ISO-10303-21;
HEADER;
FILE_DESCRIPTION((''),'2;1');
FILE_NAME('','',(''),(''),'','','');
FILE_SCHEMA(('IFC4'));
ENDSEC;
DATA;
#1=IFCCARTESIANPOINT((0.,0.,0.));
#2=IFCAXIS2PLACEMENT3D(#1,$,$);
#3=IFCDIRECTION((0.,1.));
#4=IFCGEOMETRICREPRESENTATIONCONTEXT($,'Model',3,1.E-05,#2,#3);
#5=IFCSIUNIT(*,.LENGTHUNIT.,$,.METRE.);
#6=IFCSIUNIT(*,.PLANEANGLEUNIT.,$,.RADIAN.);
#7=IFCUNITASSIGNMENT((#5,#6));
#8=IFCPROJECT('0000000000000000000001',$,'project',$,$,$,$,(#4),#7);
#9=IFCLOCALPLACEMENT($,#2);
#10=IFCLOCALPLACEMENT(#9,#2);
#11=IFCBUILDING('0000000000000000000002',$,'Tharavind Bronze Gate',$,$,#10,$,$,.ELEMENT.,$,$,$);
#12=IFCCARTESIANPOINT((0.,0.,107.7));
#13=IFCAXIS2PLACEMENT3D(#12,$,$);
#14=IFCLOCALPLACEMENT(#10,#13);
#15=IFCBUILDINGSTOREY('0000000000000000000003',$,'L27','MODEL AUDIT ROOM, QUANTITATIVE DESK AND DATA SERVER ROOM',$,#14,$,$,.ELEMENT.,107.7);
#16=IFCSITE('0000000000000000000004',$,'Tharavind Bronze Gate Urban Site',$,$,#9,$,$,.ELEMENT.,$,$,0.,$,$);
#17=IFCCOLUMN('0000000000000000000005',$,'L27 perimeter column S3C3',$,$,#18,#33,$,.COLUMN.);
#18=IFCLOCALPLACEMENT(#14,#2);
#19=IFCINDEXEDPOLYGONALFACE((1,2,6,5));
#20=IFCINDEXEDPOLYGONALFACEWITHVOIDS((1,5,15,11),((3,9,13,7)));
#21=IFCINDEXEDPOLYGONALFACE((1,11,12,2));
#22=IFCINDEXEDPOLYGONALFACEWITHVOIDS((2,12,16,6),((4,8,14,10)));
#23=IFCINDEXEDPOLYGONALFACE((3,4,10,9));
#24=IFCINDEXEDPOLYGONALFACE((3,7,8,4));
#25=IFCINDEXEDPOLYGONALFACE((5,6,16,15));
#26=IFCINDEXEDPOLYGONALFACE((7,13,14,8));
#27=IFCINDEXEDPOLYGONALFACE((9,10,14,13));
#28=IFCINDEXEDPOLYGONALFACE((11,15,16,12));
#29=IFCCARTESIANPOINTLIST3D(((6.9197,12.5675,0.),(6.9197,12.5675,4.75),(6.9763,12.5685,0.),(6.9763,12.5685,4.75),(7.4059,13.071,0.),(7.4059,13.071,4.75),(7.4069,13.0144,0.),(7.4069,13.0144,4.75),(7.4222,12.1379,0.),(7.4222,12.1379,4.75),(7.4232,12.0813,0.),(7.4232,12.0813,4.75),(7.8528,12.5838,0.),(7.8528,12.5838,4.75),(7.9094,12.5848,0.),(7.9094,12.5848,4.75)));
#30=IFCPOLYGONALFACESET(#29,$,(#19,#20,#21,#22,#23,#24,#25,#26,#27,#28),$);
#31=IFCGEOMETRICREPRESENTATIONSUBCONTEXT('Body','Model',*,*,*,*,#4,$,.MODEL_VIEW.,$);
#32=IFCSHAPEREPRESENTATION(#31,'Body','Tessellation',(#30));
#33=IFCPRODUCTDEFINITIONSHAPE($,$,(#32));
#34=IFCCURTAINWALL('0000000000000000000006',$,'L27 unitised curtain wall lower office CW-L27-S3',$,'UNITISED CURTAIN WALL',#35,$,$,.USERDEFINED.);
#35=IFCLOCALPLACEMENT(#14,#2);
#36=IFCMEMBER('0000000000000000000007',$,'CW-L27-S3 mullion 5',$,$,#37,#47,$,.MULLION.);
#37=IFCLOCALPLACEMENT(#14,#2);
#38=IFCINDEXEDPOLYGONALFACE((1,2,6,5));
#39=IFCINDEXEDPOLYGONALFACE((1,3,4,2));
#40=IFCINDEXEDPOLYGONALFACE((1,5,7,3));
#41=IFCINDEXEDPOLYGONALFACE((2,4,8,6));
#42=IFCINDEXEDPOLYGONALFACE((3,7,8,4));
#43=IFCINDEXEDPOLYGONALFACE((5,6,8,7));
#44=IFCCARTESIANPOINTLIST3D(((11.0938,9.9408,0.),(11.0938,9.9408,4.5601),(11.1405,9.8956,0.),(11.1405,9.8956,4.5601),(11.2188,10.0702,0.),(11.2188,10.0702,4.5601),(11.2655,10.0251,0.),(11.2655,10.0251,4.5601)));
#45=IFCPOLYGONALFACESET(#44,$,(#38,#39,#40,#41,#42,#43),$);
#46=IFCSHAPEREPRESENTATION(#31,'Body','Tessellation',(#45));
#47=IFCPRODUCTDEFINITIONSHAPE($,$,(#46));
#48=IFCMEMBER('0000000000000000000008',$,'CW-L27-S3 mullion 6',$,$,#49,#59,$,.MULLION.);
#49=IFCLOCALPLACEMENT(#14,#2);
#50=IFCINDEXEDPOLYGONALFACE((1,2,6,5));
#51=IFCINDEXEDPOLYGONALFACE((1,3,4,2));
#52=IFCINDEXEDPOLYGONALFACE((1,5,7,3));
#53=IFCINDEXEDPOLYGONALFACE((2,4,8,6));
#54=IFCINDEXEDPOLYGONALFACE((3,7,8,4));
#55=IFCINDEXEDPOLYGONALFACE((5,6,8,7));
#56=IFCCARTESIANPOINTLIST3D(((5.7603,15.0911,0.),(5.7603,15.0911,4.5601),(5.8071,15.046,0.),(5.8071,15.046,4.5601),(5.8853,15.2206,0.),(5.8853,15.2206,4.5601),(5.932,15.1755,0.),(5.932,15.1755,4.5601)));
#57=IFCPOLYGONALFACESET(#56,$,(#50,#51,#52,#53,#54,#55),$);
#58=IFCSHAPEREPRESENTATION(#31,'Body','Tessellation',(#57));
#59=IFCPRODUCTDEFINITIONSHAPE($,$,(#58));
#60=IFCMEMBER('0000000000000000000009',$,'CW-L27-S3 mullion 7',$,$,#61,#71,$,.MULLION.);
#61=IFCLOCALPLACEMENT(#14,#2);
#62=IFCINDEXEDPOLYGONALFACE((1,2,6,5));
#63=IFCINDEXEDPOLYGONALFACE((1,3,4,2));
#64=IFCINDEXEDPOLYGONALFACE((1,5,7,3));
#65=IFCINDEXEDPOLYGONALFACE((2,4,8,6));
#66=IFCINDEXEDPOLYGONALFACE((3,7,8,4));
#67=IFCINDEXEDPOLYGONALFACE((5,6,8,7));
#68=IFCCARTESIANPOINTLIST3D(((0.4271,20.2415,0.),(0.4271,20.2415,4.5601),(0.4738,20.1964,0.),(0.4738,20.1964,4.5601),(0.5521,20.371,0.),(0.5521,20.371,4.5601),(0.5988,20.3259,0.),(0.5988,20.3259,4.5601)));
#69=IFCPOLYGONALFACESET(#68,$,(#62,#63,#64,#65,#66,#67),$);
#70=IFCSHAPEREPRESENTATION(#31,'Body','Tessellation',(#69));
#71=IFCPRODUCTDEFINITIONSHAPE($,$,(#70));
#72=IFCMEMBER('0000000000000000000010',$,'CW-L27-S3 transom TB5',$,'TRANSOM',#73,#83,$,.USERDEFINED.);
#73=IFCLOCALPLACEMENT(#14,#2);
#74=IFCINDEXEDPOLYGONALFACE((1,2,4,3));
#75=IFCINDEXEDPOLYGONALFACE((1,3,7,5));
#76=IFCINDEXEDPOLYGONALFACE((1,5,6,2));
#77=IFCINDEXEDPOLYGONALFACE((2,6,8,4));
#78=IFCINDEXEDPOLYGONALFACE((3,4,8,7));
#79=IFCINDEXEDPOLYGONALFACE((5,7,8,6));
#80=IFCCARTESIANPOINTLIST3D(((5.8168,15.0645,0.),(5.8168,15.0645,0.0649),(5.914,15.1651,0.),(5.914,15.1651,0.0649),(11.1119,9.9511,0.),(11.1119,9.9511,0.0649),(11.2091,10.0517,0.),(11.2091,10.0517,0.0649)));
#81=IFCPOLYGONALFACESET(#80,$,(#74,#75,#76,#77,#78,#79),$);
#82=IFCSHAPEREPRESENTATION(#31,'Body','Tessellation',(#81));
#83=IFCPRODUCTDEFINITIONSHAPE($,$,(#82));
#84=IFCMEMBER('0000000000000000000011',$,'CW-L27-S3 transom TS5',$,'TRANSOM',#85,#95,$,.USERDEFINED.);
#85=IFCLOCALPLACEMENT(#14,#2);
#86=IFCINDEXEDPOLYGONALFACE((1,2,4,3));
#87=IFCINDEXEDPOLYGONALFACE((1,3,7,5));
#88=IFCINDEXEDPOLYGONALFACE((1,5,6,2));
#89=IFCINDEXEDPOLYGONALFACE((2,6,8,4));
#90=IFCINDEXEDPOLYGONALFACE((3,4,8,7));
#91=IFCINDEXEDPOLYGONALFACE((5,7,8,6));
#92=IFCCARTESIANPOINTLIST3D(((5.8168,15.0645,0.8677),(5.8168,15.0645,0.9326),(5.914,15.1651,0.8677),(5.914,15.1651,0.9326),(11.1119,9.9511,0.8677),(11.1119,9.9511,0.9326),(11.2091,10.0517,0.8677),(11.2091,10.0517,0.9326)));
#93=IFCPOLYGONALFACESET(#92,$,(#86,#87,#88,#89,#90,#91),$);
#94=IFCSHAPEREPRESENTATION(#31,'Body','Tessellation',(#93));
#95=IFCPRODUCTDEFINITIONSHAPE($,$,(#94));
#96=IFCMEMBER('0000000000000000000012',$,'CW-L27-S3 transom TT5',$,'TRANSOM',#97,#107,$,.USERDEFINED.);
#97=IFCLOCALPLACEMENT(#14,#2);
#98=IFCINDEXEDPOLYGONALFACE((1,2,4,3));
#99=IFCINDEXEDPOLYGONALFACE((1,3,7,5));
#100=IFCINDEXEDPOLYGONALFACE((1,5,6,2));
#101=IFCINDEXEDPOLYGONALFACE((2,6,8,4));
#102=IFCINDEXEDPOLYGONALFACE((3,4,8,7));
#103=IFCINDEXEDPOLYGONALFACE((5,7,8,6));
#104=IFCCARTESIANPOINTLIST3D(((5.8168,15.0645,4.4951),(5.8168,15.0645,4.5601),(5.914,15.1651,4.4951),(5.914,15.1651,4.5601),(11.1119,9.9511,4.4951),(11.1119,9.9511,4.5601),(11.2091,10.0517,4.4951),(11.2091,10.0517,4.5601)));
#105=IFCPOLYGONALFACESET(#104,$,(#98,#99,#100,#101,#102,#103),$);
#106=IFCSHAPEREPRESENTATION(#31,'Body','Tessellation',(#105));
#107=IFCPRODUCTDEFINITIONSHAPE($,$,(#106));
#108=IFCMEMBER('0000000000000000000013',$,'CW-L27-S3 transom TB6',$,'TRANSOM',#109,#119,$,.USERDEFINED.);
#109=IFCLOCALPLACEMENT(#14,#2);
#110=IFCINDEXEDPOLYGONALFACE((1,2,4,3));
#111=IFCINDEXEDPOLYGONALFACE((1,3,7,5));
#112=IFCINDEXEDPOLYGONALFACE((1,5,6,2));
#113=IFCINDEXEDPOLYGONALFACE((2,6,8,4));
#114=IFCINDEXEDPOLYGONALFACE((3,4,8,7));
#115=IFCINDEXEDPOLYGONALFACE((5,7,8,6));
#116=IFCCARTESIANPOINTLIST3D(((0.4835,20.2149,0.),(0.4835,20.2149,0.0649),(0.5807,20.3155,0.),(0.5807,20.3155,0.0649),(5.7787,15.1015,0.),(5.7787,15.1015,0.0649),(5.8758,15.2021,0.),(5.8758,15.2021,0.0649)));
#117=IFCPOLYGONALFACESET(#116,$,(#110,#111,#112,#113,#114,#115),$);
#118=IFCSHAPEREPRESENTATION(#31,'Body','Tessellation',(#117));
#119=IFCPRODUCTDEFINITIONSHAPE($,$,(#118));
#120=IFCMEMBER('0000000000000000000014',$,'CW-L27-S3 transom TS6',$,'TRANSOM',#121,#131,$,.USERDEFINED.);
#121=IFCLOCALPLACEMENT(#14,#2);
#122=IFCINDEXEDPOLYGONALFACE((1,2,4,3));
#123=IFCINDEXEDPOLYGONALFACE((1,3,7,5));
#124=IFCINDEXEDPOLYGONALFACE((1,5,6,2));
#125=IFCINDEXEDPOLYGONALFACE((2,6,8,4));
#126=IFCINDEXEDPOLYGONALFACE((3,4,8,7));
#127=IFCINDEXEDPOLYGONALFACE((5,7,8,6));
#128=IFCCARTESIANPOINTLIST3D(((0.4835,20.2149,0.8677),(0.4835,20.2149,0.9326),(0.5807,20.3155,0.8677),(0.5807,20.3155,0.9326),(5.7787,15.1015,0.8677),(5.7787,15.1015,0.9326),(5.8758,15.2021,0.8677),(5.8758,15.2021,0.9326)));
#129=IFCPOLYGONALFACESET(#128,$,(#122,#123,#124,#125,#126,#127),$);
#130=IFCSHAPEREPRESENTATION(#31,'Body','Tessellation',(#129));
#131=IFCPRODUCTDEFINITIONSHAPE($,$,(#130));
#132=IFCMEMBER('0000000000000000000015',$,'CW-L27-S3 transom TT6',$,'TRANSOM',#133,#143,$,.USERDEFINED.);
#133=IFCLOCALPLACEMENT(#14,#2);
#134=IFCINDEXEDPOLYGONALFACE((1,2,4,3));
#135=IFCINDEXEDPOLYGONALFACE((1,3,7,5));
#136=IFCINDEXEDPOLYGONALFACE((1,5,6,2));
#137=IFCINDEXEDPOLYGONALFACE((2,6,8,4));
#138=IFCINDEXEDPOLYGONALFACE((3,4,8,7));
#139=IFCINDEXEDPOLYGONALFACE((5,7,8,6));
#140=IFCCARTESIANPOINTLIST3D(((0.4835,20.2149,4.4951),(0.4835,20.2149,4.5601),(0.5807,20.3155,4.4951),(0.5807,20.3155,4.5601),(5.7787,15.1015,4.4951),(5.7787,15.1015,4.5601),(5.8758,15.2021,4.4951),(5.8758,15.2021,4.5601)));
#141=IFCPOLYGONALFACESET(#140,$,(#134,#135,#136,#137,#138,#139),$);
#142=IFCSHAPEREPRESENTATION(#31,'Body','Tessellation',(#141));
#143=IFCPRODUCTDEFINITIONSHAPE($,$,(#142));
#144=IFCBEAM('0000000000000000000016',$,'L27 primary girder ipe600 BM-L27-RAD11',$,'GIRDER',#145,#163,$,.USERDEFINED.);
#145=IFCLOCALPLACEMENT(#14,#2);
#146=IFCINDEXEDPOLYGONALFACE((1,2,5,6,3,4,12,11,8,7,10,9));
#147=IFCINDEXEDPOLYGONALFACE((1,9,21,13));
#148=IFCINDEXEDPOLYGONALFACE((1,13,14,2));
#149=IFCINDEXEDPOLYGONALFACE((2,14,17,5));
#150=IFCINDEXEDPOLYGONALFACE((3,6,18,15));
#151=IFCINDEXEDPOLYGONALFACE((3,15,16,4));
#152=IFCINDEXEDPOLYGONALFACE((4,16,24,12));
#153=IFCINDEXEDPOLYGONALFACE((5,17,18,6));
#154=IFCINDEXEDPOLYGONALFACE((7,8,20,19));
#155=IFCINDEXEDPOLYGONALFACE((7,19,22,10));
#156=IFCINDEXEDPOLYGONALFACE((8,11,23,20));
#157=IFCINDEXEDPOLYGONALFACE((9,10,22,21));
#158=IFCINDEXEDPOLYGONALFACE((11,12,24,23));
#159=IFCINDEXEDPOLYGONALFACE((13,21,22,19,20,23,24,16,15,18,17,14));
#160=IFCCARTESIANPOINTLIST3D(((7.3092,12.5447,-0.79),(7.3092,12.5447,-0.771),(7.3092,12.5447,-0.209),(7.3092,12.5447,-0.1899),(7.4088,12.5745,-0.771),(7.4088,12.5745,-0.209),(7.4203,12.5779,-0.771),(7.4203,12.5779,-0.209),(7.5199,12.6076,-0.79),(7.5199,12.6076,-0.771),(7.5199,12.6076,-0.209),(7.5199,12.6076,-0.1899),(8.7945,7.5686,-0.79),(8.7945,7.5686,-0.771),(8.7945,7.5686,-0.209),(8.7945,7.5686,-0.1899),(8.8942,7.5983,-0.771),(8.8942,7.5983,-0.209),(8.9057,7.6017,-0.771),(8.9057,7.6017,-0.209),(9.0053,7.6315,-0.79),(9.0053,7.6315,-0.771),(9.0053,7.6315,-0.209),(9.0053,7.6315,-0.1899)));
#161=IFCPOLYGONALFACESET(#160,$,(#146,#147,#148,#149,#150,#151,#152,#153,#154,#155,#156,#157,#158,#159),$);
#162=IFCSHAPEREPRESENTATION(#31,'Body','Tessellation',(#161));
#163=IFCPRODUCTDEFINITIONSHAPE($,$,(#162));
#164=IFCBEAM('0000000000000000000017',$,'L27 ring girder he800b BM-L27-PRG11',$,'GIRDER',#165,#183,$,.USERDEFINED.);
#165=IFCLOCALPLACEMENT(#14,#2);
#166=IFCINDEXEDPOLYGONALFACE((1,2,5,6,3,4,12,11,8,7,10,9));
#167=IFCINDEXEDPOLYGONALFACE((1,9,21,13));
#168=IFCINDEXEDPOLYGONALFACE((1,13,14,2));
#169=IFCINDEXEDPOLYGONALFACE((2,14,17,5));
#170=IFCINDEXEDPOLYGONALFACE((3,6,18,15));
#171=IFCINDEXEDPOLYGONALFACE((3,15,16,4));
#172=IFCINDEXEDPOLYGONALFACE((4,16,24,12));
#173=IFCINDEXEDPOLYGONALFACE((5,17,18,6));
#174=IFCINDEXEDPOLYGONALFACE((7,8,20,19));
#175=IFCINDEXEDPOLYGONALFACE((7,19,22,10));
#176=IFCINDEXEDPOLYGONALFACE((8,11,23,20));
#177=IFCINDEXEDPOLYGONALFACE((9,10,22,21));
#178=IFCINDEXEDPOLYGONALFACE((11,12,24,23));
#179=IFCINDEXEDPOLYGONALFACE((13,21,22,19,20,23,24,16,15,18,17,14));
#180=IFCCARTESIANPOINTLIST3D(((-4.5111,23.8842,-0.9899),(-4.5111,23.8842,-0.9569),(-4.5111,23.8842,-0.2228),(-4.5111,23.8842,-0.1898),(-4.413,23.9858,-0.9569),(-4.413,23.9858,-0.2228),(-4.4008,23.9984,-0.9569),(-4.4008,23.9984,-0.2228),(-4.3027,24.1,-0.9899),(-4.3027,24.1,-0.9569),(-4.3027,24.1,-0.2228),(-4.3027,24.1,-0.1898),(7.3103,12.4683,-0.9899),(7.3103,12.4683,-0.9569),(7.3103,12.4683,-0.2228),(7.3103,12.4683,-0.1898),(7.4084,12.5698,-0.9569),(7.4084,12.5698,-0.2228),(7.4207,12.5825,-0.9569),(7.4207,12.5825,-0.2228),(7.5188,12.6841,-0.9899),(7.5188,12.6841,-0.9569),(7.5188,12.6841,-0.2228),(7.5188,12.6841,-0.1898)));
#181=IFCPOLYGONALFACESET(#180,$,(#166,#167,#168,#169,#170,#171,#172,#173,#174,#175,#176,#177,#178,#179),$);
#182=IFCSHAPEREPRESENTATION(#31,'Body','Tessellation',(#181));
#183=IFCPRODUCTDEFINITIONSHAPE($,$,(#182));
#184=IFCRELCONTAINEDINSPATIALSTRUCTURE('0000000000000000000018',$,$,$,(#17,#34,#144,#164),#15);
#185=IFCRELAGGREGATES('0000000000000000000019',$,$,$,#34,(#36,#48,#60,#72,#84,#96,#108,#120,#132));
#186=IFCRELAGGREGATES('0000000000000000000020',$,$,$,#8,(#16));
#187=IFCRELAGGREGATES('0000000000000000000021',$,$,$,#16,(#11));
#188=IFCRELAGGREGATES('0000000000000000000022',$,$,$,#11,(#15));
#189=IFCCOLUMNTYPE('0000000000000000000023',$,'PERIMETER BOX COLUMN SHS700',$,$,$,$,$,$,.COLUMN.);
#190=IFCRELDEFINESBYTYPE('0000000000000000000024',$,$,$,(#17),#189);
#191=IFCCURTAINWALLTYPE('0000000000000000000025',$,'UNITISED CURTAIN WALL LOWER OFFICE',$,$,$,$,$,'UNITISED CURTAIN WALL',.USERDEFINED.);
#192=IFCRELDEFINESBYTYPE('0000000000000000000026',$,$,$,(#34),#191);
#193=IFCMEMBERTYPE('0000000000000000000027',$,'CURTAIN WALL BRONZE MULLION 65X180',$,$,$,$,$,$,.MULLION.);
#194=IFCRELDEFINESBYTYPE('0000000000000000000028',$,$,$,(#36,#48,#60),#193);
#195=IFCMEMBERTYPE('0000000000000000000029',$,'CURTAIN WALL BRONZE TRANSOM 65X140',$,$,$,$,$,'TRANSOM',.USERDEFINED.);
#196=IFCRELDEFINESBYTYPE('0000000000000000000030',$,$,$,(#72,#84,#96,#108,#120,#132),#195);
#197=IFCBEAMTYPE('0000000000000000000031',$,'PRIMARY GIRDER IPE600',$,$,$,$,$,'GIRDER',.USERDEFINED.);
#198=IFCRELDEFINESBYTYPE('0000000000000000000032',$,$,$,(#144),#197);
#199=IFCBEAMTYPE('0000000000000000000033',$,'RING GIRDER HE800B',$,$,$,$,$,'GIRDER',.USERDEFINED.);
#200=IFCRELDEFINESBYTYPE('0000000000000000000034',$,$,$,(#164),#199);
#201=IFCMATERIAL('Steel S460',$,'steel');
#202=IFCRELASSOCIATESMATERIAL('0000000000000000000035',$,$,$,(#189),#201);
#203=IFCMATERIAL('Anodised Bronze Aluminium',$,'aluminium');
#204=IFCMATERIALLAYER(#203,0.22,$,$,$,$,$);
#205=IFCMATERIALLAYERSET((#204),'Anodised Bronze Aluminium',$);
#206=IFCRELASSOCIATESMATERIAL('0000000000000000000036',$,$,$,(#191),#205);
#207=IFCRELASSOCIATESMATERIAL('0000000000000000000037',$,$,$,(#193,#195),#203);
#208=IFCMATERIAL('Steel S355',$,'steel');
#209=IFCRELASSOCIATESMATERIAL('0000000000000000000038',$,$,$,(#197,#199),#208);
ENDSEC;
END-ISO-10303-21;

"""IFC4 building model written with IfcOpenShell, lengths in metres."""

from ifc_helpers import new_model, si_unit, direction, frame, origin, origin_2d, place, context, subcontext, project, spatial, rectangle, hollow_rectangle, i_section, extrude, material, layer, layer_set, material_profile, profile_set, type_object, element, aggregate, save


model = new_model("IFC4")

# Units and contexts
model_context = context("Model", 3, precision=1e-05, world=origin(), true_north=direction((0.0, 1.0)))
body_context = subcontext(model_context, "Body", "Model", "MODEL_VIEW")
ifc_project = project(units=[si_unit("LENGTHUNIT", "METRE"), si_unit("PLANEANGLEUNIT", "RADIAN")], contexts=[model_context])

# Site, building, storey
site_placement = place(None, origin())
site = spatial("IfcSite", under=ifc_project, at=site_placement, Name="Tharavind Bronze Gate Urban Site", CompositionType="ELEMENT", RefElevation=0.0)
building_placement = place(site_placement, origin())
building = spatial("IfcBuilding", under=site, at=building_placement, Name="Tharavind Bronze Gate", CompositionType="ELEMENT")
storey_placement = place(building_placement, frame((0.0, 0.0, 107.7)))
storey = spatial("IfcBuildingStorey", under=building, at=storey_placement, Name="L27", Description="MODEL AUDIT ROOM, QUANTITATIVE DESK AND DATA SERVER ROOM", CompositionType="ELEMENT", Elevation=107.7)

# Column
ifc_material_1 = material(Name="Steel S460", Category="steel")
ifc_material_profile_1 = material_profile(ifc_material_1, hollow_rectangle(XDim=0.7, YDim=0.7, WallThickness=0.04, at=origin_2d()), Name="SHS700X40")
ifc_profile_set_1 = profile_set([ifc_material_profile_1], Name="Steel S460")
column_type = type_object("IfcColumnType", Name="PERIMETER BOX COLUMN SHS700", PredefinedType="COLUMN", material=ifc_profile_set_1)
column_placement = place(storey_placement, frame((7.4146, 12.5762, 0.0), z_axis=(0.0, 0.0, 1.0), x_axis=(-0.71934, 0.694658, 0.0)))
element("IfcColumn", 1, at=column_placement, inside=storey, type_object=column_type, Name="L27 perimeter column S3C3", PredefinedType="COLUMN", context=body_context, shape_type="SweptSolid", body=[
    extrude(hollow_rectangle(XDim=0.7, YDim=0.7, WallThickness=0.04, at=origin_2d()), origin(), (0.0, 0.0, 1.0), 4.75),
])

# Curtain wall, members
ifc_material_2 = material(Name="Anodised Bronze Aluminium", Category="aluminium")
ifc_layer_1 = layer(ifc_material_2, 0.22)
ifc_layer_set_1 = layer_set([ifc_layer_1], Name="Anodised Bronze Aluminium")
curtain_wall_type = type_object("IfcCurtainWallType", Name="UNITISED CURTAIN WALL LOWER OFFICE", ElementType="UNITISED CURTAIN WALL", PredefinedType="USERDEFINED", material=ifc_layer_set_1)
curtain_wall_placement = place(storey_placement, origin())
curtain_wall = element("IfcCurtainWall", 2, at=curtain_wall_placement, inside=storey, type_object=curtain_wall_type, Name="L27 unitised curtain wall lower office CW-L27-S3", ObjectType="UNITISED CURTAIN WALL", PredefinedType="USERDEFINED")
member_type_1 = type_object("IfcMemberType", Name="CURTAIN WALL BRONZE MULLION 65X180", PredefinedType="MULLION", material=ifc_material_2)
member_1_placement = place(storey_placement, frame((11.1797, 9.9829, 0.0), z_axis=(0.0, 0.0, 1.0), x_axis=(-0.719341, 0.694657, 0.0)))
member_1 = element("IfcMember", 3, at=member_1_placement, type_object=member_type_1, Name="CW-L27-S3 mullion 5", PredefinedType="MULLION", context=body_context, shape_type="SweptSolid", body=[
    extrude(rectangle(XDim=0.0649, YDim=0.1799, at=origin_2d()), origin(), (0.0, 0.0, 1.0), 4.5601),
])
member_2_placement = place(storey_placement, frame((5.8462, 15.1333, 0.0), z_axis=(0.0, 0.0, 1.0), x_axis=(-0.719341, 0.694657, 0.0)))
member_2 = element("IfcMember", 4, at=member_2_placement, type_object=member_type_1, Name="CW-L27-S3 mullion 6", PredefinedType="MULLION", context=body_context, shape_type="SweptSolid", body=[
    extrude(rectangle(XDim=0.0649, YDim=0.1799, at=origin_2d()), origin(), (0.0, 0.0, 1.0), 4.5601),
])
member_3_placement = place(storey_placement, frame((0.5129, 20.2837, 0.0), z_axis=(0.0, 0.0, 1.0), x_axis=(-0.719341, 0.694657, 0.0)))
member_3 = element("IfcMember", 5, at=member_3_placement, type_object=member_type_1, Name="CW-L27-S3 mullion 7", PredefinedType="MULLION", context=body_context, shape_type="SweptSolid", body=[
    extrude(rectangle(XDim=0.0649, YDim=0.1799, at=origin_2d()), origin(), (0.0, 0.0, 1.0), 4.5601),
])
member_type_2 = type_object("IfcMemberType", Name="CURTAIN WALL BRONZE TRANSOM 65X140", ElementType="TRANSOM", PredefinedType="USERDEFINED", material=ifc_material_2)
member_4_placement = place(storey_placement, frame((8.5129, 12.5581, 0.0), z_axis=(0.0, 0.0, 1.0), x_axis=(-0.719341, 0.694657, 0.0)))
member_4 = element("IfcMember", 6, at=member_4_placement, type_object=member_type_2, Name="CW-L27-S3 transom TB5", ObjectType="TRANSOM", PredefinedType="USERDEFINED", context=body_context, shape_type="SweptSolid", body=[
    extrude(rectangle(XDim=7.3611, YDim=0.1399, at=origin_2d()), origin(), (0.0, 0.0, 1.0), 0.0649),
])
member_5_placement = place(storey_placement, frame((8.5129, 12.5581, 0.8677), z_axis=(0.0, 0.0, 1.0), x_axis=(-0.719341, 0.694657, 0.0)))
member_5 = element("IfcMember", 7, at=member_5_placement, type_object=member_type_2, Name="CW-L27-S3 transom TS5", ObjectType="TRANSOM", PredefinedType="USERDEFINED", context=body_context, shape_type="SweptSolid", body=[
    extrude(rectangle(XDim=7.3611, YDim=0.1399, at=origin_2d()), origin(), (0.0, 0.0, 1.0), 0.0649),
])
member_6_placement = place(storey_placement, frame((8.5129, 12.5581, 4.4951), z_axis=(0.0, 0.0, 1.0), x_axis=(-0.719341, 0.694657, 0.0)))
member_6 = element("IfcMember", 8, at=member_6_placement, type_object=member_type_2, Name="CW-L27-S3 transom TT5", ObjectType="TRANSOM", PredefinedType="USERDEFINED", context=body_context, shape_type="SweptSolid", body=[
    extrude(rectangle(XDim=7.3611, YDim=0.1399, at=origin_2d()), origin(), (0.0, 0.0, 1.0), 0.0649),
])
member_7_placement = place(storey_placement, frame((3.1797, 17.7085, 0.0), z_axis=(0.0, 0.0, 1.0), x_axis=(-0.719341, 0.694657, 0.0)))
member_7 = element("IfcMember", 9, at=member_7_placement, type_object=member_type_2, Name="CW-L27-S3 transom TB6", ObjectType="TRANSOM", PredefinedType="USERDEFINED", context=body_context, shape_type="SweptSolid", body=[
    extrude(rectangle(XDim=7.3611, YDim=0.1399, at=origin_2d()), origin(), (0.0, 0.0, 1.0), 0.0649),
])
member_8_placement = place(storey_placement, frame((3.1797, 17.7085, 0.8677), z_axis=(0.0, 0.0, 1.0), x_axis=(-0.719341, 0.694657, 0.0)))
member_8 = element("IfcMember", 10, at=member_8_placement, type_object=member_type_2, Name="CW-L27-S3 transom TS6", ObjectType="TRANSOM", PredefinedType="USERDEFINED", context=body_context, shape_type="SweptSolid", body=[
    extrude(rectangle(XDim=7.3611, YDim=0.1399, at=origin_2d()), origin(), (0.0, 0.0, 1.0), 0.0649),
])
member_9_placement = place(storey_placement, frame((3.1797, 17.7085, 4.4951), z_axis=(0.0, 0.0, 1.0), x_axis=(-0.719341, 0.694657, 0.0)))
member_9 = element("IfcMember", 11, at=member_9_placement, type_object=member_type_2, Name="CW-L27-S3 transom TT6", ObjectType="TRANSOM", PredefinedType="USERDEFINED", context=body_context, shape_type="SweptSolid", body=[
    extrude(rectangle(XDim=7.3611, YDim=0.1399, at=origin_2d()), origin(), (0.0, 0.0, 1.0), 0.0649),
])

# Beams
ifc_material_3 = material(Name="Steel S355", Category="steel")
ifc_material_profile_2 = material_profile(ifc_material_3, i_section(OverallWidth=0.22, OverallDepth=0.6001, WebThickness=0.012, FlangeThickness=0.019, at=origin_2d()), Name="IPE600")
ifc_profile_set_2 = profile_set([ifc_material_profile_2], Name="Steel S355")
beam_type_1 = type_object("IfcBeamType", Name="PRIMARY GIRDER IPE600", ElementType="GIRDER", PredefinedType="USERDEFINED", material=ifc_profile_set_2)
beam_1_placement = place(storey_placement, frame((7.4146, 12.5762, -0.49), z_axis=(0.286028, -0.958221, 0.0), x_axis=(0.958221, 0.286028, 0.0)))
element("IfcBeam", 12, at=beam_1_placement, inside=storey, type_object=beam_type_1, Name="L27 primary girder ipe600 BM-L27-RAD11", ObjectType="GIRDER", PredefinedType="USERDEFINED", context=body_context, shape_type="SweptSolid", body=[
    extrude(i_section(OverallWidth=0.22, OverallDepth=0.6001, WebThickness=0.012, FlangeThickness=0.019, at=origin_2d()), origin(), (0.0, 0.0, 1.0), 5.1931),
])
ifc_material_profile_3 = material_profile(ifc_material_3, i_section(OverallWidth=0.3, OverallDepth=0.8, WebThickness=0.0176, FlangeThickness=0.033, at=origin_2d()), Name="HE800B")
ifc_profile_set_3 = profile_set([ifc_material_profile_3], Name="Steel S355")
beam_type_2 = type_object("IfcBeamType", Name="RING GIRDER HE800B", ElementType="GIRDER", PredefinedType="USERDEFINED", material=ifc_profile_set_3)
beam_2_placement = place(storey_placement, frame((7.4146, 12.5762, -0.5898), z_axis=(-0.719337, 0.694661, 0.0), x_axis=(-0.694661, -0.719337, 0.0)))
element("IfcBeam", 13, at=beam_2_placement, inside=storey, type_object=beam_type_2, Name="L27 ring girder he800b BM-L27-PRG11", ObjectType="GIRDER", PredefinedType="USERDEFINED", context=body_context, shape_type="SweptSolid", body=[
    extrude(i_section(OverallWidth=0.3, OverallDepth=0.8, WebThickness=0.0176, FlangeThickness=0.033, at=origin_2d()), origin(), (0.0, 0.0, 1.0), 16.4338),
])

aggregate(curtain_wall, [member_1, member_2, member_3, member_4, member_5, member_6, member_7, member_8, member_9])

save(model, "model.ifc")
